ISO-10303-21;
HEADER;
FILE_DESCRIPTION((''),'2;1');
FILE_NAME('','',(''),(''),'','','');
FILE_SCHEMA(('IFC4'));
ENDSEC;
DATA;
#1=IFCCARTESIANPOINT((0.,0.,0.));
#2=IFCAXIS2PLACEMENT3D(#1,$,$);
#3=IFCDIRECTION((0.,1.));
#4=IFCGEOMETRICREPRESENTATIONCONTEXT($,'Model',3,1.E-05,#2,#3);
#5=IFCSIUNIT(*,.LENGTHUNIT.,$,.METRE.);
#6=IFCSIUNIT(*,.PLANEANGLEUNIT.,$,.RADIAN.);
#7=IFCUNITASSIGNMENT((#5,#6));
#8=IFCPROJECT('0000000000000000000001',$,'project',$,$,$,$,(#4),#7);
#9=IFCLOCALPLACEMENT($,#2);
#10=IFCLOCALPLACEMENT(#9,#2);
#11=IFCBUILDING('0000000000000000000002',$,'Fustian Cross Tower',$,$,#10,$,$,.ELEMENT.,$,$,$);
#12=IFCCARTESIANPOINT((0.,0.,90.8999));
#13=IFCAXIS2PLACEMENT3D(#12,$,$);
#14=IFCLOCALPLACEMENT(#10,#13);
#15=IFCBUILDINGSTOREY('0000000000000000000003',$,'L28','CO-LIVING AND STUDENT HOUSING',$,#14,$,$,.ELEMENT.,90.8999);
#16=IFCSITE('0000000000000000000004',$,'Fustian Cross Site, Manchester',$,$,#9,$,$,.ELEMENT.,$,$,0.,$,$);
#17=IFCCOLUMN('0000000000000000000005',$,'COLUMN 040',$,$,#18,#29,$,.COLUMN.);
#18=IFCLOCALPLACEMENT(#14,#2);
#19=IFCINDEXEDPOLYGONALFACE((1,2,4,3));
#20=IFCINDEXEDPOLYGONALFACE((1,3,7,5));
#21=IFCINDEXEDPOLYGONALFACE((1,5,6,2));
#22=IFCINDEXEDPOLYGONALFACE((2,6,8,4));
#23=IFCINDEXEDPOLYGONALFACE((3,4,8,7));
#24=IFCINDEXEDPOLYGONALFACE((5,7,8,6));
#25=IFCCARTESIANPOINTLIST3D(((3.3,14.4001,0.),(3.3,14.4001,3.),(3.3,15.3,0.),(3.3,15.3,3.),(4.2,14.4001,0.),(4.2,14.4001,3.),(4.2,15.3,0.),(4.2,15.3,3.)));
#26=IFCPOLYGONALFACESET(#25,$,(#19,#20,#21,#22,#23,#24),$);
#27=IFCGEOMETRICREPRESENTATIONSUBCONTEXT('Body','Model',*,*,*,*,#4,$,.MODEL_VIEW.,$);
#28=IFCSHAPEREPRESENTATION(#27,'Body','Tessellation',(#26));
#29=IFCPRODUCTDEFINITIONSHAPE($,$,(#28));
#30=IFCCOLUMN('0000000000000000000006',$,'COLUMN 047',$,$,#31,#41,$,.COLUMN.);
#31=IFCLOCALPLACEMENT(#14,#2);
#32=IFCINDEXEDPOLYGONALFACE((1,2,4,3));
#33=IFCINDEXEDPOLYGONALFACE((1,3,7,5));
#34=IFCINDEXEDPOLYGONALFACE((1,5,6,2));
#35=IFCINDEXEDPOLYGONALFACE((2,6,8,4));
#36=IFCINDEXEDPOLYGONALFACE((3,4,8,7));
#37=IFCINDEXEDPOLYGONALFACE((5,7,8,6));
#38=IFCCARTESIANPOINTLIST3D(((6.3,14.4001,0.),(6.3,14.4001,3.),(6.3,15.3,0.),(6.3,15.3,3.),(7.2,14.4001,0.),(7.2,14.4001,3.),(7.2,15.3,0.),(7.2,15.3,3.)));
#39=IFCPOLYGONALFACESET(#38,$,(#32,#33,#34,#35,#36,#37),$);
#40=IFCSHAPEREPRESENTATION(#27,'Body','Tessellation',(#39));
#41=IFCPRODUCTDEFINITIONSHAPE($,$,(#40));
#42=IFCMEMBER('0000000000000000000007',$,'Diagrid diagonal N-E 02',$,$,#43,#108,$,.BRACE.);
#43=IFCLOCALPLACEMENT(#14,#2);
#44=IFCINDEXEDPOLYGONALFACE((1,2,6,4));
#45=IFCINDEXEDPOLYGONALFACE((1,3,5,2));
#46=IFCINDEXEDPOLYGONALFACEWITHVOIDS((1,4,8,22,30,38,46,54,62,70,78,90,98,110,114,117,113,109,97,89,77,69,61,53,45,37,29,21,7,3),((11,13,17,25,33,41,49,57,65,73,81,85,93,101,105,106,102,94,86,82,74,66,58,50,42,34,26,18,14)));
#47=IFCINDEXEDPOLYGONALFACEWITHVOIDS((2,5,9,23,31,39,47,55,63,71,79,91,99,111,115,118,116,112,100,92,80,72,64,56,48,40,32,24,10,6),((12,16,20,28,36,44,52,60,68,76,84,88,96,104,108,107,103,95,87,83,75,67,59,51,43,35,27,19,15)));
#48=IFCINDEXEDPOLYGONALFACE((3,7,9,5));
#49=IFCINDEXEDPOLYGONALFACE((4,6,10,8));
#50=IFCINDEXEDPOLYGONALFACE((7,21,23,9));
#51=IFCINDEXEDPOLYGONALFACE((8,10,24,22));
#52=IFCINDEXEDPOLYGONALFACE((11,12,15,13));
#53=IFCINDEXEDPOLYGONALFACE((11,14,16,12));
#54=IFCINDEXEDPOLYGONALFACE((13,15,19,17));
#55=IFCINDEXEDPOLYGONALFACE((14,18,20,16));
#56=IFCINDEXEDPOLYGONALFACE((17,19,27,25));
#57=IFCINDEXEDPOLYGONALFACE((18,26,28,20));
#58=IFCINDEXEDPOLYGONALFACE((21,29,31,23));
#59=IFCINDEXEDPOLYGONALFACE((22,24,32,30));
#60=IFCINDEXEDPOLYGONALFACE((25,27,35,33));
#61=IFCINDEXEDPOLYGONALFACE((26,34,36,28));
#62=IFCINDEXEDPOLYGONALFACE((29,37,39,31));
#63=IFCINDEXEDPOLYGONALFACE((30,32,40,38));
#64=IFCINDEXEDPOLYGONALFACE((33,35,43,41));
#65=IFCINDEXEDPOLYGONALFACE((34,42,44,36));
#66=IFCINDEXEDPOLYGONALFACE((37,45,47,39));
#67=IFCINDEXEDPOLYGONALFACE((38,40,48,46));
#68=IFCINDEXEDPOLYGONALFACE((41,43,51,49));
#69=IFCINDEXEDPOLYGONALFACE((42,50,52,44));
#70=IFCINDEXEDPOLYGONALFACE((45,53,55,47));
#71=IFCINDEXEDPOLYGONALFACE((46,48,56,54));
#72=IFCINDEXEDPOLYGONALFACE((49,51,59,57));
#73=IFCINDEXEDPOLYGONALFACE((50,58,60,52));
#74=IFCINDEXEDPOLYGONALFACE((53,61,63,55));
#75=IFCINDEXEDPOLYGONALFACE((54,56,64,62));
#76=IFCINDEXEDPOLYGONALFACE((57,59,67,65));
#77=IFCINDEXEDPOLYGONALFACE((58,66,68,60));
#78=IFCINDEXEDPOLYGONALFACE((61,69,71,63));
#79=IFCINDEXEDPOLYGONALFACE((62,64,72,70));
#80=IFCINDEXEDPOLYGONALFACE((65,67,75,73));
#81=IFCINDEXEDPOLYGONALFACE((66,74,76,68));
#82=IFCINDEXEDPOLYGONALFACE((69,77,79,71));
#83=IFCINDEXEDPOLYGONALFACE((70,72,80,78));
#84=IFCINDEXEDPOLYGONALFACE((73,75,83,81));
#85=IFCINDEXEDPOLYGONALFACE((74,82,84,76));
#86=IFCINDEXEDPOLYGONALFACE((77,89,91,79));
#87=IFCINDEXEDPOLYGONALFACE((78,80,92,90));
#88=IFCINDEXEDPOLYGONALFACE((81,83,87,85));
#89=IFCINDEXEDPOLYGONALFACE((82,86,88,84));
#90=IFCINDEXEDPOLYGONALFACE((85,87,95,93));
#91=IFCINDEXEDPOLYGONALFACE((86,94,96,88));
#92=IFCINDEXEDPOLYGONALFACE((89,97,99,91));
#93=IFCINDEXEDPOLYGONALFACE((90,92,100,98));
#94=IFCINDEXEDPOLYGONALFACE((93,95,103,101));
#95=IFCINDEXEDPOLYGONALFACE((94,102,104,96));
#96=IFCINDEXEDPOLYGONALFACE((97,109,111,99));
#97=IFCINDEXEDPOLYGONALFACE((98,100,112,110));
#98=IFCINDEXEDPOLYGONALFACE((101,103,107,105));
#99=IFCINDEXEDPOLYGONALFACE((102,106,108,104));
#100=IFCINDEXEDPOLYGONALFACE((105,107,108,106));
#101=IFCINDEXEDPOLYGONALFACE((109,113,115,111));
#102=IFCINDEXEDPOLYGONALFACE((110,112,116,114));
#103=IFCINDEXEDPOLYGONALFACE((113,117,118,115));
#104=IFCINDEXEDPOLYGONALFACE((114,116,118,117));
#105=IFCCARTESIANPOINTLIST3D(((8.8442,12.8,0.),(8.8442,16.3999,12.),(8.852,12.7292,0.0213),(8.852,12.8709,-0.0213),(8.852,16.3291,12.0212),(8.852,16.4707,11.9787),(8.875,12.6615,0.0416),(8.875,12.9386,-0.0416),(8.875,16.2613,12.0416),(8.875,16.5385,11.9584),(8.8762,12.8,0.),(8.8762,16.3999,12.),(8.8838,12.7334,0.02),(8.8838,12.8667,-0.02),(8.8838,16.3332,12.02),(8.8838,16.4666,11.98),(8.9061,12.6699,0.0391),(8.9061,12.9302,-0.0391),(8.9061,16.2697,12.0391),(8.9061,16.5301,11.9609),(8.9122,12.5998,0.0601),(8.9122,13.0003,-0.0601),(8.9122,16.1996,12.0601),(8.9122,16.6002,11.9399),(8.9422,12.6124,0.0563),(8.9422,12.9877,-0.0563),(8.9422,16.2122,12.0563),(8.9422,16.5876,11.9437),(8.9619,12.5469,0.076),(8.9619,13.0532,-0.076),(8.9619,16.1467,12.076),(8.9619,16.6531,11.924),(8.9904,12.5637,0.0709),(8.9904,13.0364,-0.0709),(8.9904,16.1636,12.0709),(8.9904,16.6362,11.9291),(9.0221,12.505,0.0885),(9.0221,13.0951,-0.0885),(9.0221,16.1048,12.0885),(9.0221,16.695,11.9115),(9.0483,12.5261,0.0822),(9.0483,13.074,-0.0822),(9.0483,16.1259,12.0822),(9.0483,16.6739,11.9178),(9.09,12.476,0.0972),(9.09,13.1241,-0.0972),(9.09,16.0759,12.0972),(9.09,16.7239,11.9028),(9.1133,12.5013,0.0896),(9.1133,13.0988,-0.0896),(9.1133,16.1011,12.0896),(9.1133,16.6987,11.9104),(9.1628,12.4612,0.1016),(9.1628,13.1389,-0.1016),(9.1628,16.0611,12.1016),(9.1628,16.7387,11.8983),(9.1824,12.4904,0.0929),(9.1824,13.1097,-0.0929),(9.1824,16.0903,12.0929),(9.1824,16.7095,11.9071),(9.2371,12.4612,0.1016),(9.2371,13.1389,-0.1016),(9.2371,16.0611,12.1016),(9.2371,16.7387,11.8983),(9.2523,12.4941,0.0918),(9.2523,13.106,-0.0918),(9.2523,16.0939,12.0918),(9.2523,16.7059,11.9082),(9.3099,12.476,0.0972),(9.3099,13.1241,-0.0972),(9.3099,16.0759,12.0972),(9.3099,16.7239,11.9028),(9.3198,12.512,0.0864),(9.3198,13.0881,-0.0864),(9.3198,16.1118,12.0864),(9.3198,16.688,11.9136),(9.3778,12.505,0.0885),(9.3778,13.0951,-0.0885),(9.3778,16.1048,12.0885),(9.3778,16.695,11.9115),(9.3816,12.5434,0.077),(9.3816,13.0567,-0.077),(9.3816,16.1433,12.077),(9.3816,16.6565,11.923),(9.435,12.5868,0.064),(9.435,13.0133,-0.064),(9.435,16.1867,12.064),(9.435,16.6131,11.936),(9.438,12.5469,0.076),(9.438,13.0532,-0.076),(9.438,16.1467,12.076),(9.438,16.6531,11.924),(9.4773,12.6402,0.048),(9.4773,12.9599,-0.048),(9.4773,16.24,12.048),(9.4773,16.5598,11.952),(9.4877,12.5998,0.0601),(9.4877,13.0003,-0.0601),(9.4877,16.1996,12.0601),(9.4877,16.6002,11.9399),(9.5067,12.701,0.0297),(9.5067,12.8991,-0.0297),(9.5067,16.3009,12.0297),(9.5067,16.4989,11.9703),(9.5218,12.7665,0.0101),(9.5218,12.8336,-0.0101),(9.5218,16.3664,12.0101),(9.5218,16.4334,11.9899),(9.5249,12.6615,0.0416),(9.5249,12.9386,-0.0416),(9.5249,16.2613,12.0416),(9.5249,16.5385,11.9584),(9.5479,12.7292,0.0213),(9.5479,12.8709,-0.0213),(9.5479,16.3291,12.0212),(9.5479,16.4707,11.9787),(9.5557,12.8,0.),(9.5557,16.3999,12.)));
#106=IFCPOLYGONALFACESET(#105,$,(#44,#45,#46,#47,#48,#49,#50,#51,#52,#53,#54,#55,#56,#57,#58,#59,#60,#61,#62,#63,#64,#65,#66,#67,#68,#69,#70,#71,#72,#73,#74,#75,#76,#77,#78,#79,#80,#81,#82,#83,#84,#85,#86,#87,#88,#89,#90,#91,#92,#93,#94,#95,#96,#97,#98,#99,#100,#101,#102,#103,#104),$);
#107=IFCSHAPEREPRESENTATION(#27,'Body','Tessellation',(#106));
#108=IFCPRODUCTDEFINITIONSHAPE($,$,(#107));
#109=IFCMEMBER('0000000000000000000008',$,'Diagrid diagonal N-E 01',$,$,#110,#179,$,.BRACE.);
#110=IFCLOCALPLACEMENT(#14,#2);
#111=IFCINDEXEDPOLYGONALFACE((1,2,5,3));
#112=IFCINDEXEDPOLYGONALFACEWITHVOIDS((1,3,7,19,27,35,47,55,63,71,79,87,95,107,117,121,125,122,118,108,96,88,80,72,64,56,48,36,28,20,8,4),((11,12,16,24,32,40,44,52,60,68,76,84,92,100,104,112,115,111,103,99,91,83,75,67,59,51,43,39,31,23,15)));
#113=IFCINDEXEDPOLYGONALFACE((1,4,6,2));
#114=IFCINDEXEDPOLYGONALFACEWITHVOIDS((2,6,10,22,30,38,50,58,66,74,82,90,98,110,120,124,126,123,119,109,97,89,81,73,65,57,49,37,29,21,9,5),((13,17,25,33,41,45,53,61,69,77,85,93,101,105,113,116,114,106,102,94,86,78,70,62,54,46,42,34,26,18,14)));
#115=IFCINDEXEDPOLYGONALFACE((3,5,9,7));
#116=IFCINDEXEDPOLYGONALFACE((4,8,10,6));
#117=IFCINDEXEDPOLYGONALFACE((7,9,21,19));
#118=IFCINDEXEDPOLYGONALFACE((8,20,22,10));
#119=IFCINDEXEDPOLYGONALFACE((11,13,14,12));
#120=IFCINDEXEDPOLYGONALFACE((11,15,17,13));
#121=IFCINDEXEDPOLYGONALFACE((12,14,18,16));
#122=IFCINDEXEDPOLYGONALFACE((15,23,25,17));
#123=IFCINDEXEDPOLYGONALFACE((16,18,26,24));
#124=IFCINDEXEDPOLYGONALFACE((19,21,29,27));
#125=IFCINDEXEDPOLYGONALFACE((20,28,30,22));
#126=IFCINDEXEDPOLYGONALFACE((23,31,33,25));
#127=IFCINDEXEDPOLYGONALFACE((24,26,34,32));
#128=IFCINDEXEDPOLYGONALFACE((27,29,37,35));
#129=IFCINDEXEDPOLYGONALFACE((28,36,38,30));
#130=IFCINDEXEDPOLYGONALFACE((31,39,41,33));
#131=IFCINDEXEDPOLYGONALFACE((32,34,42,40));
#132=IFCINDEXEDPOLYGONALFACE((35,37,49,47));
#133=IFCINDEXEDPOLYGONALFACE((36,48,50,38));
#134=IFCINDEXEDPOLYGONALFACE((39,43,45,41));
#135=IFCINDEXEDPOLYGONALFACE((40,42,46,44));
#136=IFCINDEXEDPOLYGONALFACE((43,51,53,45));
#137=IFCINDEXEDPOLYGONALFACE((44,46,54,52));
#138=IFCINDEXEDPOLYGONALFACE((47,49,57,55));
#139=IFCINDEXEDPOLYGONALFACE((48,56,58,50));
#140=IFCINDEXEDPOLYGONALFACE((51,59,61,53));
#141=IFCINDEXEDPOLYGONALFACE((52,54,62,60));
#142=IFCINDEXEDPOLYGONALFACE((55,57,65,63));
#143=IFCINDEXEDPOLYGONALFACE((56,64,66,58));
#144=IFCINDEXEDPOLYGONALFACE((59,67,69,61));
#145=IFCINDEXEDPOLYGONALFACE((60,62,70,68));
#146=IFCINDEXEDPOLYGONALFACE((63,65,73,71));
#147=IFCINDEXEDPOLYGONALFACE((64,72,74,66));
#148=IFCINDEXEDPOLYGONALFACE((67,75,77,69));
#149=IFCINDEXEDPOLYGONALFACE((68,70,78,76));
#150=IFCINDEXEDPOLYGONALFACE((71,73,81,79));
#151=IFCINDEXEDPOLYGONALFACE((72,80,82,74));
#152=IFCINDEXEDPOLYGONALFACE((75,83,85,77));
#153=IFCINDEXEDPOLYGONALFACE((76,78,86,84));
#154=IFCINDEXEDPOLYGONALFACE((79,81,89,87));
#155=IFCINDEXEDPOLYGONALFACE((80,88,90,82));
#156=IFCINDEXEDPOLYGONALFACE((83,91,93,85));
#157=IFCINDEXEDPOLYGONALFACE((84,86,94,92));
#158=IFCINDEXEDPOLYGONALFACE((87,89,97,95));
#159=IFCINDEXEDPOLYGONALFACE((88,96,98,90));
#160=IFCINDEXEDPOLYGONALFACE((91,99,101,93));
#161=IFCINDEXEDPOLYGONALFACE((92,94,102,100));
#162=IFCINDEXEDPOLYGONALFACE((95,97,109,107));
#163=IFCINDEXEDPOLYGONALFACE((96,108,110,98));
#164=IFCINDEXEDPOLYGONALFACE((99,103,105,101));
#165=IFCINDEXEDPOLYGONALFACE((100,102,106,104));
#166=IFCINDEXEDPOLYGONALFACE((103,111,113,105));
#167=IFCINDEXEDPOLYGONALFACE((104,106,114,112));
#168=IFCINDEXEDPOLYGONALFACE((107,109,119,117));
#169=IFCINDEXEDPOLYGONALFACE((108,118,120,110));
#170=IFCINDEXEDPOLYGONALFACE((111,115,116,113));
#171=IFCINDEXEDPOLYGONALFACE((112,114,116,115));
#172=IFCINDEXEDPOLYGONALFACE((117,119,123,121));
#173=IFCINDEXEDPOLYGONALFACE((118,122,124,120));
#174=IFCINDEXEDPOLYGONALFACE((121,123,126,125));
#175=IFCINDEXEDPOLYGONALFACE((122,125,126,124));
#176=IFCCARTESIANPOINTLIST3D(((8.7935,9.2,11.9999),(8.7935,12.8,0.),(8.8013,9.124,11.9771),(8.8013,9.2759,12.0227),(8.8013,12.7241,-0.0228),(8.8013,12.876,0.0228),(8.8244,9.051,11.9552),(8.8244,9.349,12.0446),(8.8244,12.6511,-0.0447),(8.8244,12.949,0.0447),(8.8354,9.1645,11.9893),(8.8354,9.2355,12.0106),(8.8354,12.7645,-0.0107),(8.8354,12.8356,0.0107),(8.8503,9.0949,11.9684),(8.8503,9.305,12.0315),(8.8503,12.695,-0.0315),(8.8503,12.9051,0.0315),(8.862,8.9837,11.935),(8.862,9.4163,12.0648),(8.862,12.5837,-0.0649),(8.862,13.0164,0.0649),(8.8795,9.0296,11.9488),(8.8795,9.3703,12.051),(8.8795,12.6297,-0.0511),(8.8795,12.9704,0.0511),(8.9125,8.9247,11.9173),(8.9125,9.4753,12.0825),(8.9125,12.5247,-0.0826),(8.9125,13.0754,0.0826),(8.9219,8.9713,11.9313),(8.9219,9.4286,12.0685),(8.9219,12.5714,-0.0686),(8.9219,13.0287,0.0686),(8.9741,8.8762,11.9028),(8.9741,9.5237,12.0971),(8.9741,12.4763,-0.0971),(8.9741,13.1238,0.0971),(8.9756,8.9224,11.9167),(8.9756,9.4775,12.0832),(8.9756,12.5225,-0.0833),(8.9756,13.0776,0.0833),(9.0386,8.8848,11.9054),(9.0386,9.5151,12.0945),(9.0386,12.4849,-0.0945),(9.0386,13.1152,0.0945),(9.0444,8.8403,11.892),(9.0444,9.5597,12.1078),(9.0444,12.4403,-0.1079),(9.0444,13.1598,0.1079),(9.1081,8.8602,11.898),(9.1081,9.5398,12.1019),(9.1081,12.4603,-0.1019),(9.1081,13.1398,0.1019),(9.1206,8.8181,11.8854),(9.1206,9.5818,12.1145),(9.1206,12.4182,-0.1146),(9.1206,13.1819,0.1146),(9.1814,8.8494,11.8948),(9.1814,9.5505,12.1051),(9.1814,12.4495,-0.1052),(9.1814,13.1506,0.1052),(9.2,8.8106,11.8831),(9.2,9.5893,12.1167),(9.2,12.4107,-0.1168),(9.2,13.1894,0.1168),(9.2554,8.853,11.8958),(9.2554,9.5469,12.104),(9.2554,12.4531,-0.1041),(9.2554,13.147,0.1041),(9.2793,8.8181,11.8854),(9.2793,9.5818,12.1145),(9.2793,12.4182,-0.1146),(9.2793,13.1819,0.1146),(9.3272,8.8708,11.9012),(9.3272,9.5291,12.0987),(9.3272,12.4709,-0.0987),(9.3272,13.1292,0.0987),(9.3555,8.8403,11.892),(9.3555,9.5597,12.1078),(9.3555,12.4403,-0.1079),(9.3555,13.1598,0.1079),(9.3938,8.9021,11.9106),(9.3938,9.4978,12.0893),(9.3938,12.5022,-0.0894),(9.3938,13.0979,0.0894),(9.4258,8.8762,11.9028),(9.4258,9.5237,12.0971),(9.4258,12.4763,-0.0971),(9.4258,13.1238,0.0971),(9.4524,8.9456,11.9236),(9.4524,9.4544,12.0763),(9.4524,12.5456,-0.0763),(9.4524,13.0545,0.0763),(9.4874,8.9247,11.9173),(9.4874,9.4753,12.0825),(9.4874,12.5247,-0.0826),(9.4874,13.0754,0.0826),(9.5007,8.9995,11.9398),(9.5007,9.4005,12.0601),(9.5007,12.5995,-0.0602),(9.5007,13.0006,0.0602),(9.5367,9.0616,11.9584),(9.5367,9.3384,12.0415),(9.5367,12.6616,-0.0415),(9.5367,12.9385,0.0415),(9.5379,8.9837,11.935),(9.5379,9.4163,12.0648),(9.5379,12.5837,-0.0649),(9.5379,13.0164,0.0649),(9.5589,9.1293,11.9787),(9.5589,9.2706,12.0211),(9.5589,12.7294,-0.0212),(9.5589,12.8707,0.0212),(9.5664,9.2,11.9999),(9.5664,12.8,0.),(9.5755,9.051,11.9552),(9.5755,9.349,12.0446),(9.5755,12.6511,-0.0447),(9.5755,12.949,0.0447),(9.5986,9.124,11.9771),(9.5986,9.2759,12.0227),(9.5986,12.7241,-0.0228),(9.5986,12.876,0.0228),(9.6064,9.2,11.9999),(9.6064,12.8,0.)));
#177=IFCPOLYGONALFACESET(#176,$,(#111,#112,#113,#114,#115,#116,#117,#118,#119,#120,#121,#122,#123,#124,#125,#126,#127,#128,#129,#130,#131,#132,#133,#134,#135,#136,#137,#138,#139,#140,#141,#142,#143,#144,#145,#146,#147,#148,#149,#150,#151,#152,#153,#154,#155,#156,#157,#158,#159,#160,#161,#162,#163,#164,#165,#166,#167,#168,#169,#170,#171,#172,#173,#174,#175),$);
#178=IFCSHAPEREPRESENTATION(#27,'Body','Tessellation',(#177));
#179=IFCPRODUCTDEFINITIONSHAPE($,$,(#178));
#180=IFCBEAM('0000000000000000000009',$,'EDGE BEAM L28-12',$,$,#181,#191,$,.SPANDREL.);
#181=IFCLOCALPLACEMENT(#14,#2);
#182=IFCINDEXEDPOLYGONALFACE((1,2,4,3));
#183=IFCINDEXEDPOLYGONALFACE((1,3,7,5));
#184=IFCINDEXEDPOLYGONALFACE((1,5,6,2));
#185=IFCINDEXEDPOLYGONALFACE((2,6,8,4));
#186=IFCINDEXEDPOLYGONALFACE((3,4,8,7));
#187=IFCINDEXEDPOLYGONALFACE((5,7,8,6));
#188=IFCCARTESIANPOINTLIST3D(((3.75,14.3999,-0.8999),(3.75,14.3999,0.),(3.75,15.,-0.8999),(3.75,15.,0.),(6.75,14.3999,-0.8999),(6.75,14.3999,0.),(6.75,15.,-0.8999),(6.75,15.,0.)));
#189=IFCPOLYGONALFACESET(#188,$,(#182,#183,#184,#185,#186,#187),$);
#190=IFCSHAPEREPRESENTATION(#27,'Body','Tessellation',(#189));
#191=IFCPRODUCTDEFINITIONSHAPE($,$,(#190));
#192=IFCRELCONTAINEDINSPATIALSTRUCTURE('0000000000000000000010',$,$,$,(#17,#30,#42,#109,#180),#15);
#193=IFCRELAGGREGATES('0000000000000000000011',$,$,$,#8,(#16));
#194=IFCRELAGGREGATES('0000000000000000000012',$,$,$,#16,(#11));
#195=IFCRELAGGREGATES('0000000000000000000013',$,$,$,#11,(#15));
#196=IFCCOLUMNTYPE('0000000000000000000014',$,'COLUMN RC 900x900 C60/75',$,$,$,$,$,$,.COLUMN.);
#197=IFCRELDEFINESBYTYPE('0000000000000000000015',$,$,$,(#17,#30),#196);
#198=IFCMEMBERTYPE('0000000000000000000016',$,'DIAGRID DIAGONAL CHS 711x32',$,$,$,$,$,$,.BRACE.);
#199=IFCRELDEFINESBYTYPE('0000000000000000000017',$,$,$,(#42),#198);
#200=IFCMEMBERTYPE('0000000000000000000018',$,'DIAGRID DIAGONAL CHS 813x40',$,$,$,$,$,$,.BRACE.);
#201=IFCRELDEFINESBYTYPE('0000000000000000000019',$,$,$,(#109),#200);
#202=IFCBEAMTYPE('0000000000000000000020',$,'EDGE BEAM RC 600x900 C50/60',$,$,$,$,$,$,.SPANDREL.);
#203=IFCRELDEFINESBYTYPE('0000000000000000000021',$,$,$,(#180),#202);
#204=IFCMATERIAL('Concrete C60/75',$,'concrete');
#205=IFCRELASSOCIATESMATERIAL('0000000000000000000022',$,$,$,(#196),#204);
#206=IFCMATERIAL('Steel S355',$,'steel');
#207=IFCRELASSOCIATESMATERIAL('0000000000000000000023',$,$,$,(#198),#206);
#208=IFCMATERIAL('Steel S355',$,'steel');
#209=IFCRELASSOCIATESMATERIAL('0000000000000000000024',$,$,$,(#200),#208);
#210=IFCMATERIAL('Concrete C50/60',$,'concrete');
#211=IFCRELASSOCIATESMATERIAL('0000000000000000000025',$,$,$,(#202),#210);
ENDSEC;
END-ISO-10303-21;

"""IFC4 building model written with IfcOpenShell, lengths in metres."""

from ifc_helpers import new_model, si_unit, direction, frame, origin, origin_2d, place, context, subcontext, project, spatial, rectangle, hollow_circle, extrude, material, material_profile, profile_set, type_object, element, save


model = new_model("IFC4")

# Units and contexts
model_context = context("Model", 3, precision=1e-05, world=origin(), true_north=direction((0.0, 1.0)))
body_context = subcontext(model_context, "Body", "Model", "MODEL_VIEW")
ifc_project = project(units=[si_unit("LENGTHUNIT", "METRE"), si_unit("PLANEANGLEUNIT", "RADIAN")], contexts=[model_context])

# Site, building, storey
site_placement = place(None, origin())
site = spatial("IfcSite", under=ifc_project, at=site_placement, Name="Fustian Cross Site, Manchester", CompositionType="ELEMENT", RefElevation=0.0)
building_placement = place(site_placement, origin())
building = spatial("IfcBuilding", under=site, at=building_placement, Name="Fustian Cross Tower", CompositionType="ELEMENT")
storey_placement = place(building_placement, frame((0.0, 0.0, 90.8999)))
storey = spatial("IfcBuildingStorey", under=building, at=storey_placement, Name="L28", Description="CO-LIVING AND STUDENT HOUSING", CompositionType="ELEMENT", Elevation=90.8999)

# Columns
ifc_material_1 = material(Name="Concrete C60/75", Category="concrete")
ifc_material_profile_1 = material_profile(ifc_material_1, rectangle(XDim=0.8999, YDim=0.8999, at=origin_2d()), Name="RC 900x900")
ifc_profile_set_1 = profile_set([ifc_material_profile_1], Name="Concrete C60/75")
column_type = type_object("IfcColumnType", Name="COLUMN RC 900x900 C60/75", PredefinedType="COLUMN", material=ifc_profile_set_1)
for number, where, z_axis, x_axis, name in (
    (1, (3.75, 14.8501, 0.0), (0.0, 0.0, 1.0), (1.0, 0.0, 0.0), "COLUMN 040"),
    (2, (6.75, 14.8501, 0.0), (0.0, 0.0, 1.0), (1.0, 0.0, 0.0), "COLUMN 047"),
):
    element("IfcColumn", number, at=place(storey_placement, frame(where, z_axis=z_axis, x_axis=x_axis)), inside=storey, type_object=column_type, Name=name, PredefinedType="COLUMN", context=body_context, shape_type="SweptSolid", body=[
        extrude(rectangle(XDim=0.8999, YDim=0.8999, at=origin_2d()), origin(), (0.0, 0.0, 1.0), 3.0),
    ])

# Members
ifc_material_2 = material(Name="Steel S355", Category="steel")
ifc_material_profile_2 = material_profile(ifc_material_2, hollow_circle(Radius=0.3557, WallThickness=0.032, at=origin_2d()), Name="CHS 711x32")
ifc_profile_set_2 = profile_set([ifc_material_profile_2], Name="Steel S355")
member_type_1 = type_object("IfcMemberType", Name="DIAGRID DIAGONAL CHS 711x32", PredefinedType="BRACE", material=ifc_profile_set_2)
member_1_placement = place(storey_placement, frame((9.2, 12.8, 0.0), z_axis=(0.0, 0.287337, 0.95783), x_axis=(-1.0, 0.0, 0.0)))
element("IfcMember", 3, at=member_1_placement, inside=storey, type_object=member_type_1, Name="Diagrid diagonal N-E 02", PredefinedType="BRACE", context=body_context, shape_type="SweptSolid", body=[
    extrude(hollow_circle(Radius=0.3557, WallThickness=0.032, at=origin_2d()), origin(), (0.0, 0.0, 1.0), 12.5283),
])
ifc_material_3 = material(Name="Steel S355", Category="steel")
ifc_material_profile_3 = material_profile(ifc_material_3, hollow_circle(Radius=0.4065, WallThickness=0.04, at=origin_2d()), Name="CHS 813x40")
ifc_profile_set_3 = profile_set([ifc_material_profile_3], Name="Steel S355")
member_type_2 = type_object("IfcMemberType", Name="DIAGRID DIAGONAL CHS 813x40", PredefinedType="BRACE", material=ifc_profile_set_3)
member_2_placement = place(storey_placement, frame((9.2, 12.8, 0.0), z_axis=(0.0, -0.287355, 0.957824), x_axis=(1.0, 0.0, 0.0)))
element("IfcMember", 4, at=member_2_placement, inside=storey, type_object=member_type_2, Name="Diagrid diagonal N-E 01", PredefinedType="BRACE", context=body_context, shape_type="SweptSolid", body=[
    extrude(hollow_circle(Radius=0.4065, WallThickness=0.04, at=origin_2d()), origin(), (0.0, 0.0, 1.0), 12.5283),
])

# Beam
ifc_material_4 = material(Name="Concrete C50/60", Category="concrete")
ifc_material_profile_4 = material_profile(ifc_material_4, rectangle(XDim=0.6001, YDim=0.8999, at=origin_2d()), Name="RC 600x900")
ifc_profile_set_4 = profile_set([ifc_material_profile_4], Name="Concrete C50/60")
beam_type = type_object("IfcBeamType", Name="EDGE BEAM RC 600x900 C50/60", PredefinedType="SPANDREL", material=ifc_profile_set_4)
beam_1_placement = place(storey_placement, frame((3.75, 14.7, -0.45), z_axis=(1.0, 0.0, 0.0), x_axis=(0.0, 1.0, 0.0)))
element("IfcBeam", 5, at=beam_1_placement, inside=storey, type_object=beam_type, Name="EDGE BEAM L28-12", PredefinedType="SPANDREL", context=body_context, shape_type="SweptSolid", body=[
    extrude(rectangle(XDim=0.6001, YDim=0.8999, at=origin_2d()), origin(), (0.0, 0.0, 1.0), 3.0),
])

save(model, "model.ifc")
